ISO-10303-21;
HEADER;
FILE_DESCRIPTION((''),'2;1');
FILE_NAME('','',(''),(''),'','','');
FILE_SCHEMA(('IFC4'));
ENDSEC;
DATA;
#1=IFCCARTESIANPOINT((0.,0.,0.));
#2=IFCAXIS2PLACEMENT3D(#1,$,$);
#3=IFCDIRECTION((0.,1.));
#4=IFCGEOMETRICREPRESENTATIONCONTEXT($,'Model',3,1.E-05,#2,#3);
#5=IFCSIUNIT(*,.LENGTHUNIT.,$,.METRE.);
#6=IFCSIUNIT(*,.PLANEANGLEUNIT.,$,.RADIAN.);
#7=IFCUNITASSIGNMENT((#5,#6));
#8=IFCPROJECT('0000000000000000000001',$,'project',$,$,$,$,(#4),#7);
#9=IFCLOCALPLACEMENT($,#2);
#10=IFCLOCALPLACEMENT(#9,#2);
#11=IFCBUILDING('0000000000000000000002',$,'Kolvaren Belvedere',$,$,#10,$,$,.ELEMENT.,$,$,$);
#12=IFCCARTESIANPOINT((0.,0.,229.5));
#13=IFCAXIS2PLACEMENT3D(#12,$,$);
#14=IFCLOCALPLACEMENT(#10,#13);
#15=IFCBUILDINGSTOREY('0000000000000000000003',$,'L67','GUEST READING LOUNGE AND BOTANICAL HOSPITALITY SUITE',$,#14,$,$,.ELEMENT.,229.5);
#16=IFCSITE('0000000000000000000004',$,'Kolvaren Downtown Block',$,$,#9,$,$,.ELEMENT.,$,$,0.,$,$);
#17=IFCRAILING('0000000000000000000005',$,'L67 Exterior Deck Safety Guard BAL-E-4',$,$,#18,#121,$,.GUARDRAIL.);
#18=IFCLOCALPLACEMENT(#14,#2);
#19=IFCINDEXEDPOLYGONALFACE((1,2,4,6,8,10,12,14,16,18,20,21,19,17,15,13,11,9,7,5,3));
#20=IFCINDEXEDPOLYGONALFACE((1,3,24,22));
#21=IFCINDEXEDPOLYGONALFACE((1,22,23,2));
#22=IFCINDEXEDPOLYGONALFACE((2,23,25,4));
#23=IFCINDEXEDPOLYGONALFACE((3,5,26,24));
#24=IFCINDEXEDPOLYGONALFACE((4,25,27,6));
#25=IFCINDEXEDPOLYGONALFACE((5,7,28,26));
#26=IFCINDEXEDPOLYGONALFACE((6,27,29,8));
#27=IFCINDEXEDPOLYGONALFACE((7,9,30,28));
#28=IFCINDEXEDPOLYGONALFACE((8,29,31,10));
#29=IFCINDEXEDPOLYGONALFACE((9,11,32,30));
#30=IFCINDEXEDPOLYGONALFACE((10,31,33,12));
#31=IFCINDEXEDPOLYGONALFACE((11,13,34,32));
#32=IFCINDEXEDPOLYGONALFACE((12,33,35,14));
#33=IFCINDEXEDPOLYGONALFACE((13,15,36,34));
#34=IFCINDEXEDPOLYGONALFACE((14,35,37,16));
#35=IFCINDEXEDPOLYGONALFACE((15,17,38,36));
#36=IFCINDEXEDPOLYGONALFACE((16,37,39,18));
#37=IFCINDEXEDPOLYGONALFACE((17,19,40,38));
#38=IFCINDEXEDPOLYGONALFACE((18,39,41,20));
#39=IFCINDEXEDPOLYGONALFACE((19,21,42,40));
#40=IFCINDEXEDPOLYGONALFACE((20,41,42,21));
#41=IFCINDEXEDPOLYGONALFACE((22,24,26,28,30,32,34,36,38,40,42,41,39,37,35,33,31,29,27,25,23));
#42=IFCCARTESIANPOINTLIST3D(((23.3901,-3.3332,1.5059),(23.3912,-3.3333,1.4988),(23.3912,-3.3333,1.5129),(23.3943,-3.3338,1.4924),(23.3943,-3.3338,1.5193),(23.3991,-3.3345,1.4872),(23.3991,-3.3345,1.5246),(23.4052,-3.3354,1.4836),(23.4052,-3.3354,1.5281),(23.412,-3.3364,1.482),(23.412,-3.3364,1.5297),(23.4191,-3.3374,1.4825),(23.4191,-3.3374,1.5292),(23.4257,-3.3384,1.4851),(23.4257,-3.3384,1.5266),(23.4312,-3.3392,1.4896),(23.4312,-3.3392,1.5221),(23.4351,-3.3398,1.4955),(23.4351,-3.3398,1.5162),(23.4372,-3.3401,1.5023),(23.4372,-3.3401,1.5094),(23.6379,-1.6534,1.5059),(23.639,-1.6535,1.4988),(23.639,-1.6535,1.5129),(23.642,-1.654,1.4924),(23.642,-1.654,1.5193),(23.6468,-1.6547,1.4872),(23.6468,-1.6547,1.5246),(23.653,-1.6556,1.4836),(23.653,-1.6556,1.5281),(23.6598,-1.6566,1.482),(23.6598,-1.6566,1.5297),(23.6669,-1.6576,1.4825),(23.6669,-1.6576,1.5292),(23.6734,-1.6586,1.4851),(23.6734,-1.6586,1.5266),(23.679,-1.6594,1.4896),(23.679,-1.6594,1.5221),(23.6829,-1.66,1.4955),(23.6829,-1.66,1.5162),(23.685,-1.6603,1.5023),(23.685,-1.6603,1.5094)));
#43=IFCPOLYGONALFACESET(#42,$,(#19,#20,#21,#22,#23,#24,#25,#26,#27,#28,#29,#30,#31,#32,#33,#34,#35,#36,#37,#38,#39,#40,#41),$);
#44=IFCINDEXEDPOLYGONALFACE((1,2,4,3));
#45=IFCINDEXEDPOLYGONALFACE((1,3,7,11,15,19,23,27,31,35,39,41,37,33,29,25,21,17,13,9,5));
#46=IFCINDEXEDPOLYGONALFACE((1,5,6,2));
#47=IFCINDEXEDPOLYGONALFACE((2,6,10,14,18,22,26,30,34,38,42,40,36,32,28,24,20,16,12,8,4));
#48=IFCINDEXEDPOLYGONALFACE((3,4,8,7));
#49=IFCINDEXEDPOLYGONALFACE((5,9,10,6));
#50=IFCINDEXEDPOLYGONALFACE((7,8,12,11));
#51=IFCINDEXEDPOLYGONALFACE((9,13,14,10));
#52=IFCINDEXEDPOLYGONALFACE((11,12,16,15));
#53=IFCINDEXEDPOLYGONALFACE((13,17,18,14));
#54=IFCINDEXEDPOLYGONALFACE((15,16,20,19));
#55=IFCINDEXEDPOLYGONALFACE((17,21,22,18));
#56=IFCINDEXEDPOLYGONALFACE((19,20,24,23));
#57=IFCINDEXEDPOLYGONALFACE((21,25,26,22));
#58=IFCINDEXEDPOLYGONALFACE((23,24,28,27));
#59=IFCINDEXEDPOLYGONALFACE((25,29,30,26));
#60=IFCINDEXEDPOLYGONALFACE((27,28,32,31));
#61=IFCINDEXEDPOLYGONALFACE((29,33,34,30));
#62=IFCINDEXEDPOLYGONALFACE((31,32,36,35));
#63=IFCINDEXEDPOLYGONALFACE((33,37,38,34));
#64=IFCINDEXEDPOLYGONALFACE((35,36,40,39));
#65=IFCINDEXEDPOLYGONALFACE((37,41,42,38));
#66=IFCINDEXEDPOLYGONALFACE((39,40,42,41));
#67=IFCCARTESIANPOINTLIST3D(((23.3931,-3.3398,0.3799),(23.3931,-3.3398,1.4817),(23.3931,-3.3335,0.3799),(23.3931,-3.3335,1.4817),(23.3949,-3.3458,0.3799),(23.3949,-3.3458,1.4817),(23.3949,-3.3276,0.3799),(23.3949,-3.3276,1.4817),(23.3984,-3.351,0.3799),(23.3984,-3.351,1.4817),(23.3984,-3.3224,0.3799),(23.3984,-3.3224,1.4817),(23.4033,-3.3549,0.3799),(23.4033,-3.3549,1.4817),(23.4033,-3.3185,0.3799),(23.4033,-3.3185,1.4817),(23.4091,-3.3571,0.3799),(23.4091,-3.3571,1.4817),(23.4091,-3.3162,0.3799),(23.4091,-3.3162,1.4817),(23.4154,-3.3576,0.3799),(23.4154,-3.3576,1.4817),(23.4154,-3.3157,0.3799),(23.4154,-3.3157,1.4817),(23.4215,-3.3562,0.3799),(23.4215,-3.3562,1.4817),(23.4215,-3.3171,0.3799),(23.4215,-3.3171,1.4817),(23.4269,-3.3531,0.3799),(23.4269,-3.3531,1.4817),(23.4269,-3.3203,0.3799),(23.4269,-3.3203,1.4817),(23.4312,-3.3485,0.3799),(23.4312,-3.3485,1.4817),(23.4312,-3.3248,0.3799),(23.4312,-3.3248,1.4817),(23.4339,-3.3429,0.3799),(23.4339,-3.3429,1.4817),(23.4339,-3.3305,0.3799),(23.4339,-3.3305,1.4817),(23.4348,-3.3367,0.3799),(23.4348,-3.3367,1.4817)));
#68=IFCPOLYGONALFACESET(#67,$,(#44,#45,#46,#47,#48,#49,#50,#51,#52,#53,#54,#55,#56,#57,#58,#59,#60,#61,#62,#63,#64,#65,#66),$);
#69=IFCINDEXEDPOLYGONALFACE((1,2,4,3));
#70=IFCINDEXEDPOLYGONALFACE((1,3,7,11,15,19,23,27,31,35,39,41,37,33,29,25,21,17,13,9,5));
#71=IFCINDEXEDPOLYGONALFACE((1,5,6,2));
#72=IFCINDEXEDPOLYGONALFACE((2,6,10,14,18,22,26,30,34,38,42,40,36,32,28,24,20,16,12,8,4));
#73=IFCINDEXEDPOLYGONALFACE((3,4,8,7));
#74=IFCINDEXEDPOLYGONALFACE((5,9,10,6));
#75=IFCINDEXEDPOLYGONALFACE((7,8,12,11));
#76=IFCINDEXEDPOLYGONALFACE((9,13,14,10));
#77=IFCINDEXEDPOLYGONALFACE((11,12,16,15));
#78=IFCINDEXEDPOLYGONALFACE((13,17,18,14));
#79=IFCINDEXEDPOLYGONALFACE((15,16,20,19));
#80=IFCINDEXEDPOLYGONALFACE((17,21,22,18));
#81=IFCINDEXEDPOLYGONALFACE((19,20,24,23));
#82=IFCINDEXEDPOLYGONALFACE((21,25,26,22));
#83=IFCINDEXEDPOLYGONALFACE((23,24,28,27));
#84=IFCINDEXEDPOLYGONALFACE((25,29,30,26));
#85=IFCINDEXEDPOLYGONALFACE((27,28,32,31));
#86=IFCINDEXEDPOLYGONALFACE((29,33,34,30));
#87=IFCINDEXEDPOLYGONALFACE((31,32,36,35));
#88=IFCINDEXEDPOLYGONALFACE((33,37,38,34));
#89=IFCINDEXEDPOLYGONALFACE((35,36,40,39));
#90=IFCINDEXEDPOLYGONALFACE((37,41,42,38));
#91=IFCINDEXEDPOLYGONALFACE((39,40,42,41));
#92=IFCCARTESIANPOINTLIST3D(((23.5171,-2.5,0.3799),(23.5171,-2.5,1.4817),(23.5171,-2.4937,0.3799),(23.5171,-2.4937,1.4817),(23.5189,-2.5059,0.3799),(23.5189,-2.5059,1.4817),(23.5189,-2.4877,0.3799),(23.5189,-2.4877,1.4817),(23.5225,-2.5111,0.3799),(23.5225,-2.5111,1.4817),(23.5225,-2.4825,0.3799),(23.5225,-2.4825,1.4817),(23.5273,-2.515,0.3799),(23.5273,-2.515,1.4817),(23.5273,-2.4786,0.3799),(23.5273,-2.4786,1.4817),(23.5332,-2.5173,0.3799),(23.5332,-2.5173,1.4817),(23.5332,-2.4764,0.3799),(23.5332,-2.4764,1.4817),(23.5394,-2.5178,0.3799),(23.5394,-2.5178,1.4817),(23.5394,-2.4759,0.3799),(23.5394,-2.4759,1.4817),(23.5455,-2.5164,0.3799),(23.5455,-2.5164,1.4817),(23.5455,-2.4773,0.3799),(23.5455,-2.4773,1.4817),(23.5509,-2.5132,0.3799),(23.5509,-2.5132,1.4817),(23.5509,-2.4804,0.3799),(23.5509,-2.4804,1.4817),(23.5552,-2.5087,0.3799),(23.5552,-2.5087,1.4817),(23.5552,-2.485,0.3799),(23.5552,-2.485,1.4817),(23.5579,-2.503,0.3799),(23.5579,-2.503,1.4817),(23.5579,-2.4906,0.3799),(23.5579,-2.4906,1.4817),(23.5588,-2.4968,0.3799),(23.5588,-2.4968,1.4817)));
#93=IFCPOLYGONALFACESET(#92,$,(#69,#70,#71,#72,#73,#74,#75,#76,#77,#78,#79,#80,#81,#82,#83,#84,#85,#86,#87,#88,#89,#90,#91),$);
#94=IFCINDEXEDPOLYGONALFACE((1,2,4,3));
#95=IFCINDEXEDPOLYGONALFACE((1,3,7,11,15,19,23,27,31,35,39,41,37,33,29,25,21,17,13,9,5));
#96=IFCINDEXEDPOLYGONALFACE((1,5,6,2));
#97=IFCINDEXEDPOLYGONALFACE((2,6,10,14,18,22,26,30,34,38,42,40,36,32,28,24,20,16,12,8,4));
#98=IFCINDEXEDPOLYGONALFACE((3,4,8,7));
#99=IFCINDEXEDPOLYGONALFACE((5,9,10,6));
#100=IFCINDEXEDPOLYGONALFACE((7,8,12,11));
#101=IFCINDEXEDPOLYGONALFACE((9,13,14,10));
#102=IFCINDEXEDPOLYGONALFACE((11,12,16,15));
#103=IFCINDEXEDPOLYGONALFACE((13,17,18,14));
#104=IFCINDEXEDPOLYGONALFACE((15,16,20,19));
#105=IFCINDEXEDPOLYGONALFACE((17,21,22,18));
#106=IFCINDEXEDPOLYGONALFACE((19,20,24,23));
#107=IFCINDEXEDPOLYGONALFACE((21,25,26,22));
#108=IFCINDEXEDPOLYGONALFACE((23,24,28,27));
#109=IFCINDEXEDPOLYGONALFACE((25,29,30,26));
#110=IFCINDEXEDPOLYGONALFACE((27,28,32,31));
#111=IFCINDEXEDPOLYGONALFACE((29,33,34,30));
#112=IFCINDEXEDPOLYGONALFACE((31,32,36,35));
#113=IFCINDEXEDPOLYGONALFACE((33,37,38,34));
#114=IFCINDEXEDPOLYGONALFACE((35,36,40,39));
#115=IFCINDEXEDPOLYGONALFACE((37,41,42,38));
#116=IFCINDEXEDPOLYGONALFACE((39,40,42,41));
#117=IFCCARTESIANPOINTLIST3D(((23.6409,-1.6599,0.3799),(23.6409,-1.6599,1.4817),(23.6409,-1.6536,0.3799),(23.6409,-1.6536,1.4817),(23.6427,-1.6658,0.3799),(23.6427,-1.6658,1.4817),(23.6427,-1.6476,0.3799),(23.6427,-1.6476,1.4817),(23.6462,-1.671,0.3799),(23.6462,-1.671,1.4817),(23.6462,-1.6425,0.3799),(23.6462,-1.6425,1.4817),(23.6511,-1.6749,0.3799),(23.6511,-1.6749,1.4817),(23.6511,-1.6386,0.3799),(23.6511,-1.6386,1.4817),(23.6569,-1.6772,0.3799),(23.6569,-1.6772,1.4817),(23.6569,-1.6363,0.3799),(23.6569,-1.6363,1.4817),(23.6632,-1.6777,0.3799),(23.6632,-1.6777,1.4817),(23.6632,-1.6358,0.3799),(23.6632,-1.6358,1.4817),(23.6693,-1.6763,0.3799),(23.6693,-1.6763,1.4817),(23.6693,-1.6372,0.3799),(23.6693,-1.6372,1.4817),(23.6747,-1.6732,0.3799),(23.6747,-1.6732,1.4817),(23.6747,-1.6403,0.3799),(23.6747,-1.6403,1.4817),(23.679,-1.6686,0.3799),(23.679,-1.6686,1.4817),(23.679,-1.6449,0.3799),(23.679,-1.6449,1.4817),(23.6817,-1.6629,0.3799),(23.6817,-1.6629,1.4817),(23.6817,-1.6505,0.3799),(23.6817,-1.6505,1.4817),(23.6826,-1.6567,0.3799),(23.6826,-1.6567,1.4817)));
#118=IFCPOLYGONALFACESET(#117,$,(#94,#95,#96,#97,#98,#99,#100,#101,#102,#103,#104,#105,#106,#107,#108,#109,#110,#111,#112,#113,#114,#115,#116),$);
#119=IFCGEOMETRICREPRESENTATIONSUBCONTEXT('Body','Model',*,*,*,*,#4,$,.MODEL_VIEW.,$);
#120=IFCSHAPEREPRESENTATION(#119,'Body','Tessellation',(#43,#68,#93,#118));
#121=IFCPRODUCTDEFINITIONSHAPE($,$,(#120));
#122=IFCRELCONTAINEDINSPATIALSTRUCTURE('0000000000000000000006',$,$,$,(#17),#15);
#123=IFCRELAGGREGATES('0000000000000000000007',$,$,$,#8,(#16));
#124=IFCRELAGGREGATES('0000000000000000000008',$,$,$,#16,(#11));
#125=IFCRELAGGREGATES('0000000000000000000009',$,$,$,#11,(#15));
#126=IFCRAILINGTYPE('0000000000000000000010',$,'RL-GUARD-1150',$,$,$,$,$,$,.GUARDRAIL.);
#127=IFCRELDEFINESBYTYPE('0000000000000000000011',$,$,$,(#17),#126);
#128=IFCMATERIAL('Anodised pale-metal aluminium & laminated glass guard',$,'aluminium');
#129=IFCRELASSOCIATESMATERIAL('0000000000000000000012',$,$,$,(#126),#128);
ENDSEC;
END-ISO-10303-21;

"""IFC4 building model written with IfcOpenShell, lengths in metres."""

from ifc_helpers import new_model, si_unit, direction, frame, origin, origin_2d, place, context, subcontext, project, spatial, circle, extrude, material, type_object, element, save


model = new_model("IFC4")

# Units and contexts
model_context = context("Model", 3, precision=1e-05, world=origin(), true_north=direction((0.0, 1.0)))
body_context = subcontext(model_context, "Body", "Model", "MODEL_VIEW")
ifc_project = project(units=[si_unit("LENGTHUNIT", "METRE"), si_unit("PLANEANGLEUNIT", "RADIAN")], contexts=[model_context])

# Site, building, storey
site_placement = place(None, origin())
site = spatial("IfcSite", under=ifc_project, at=site_placement, Name="Kolvaren Downtown Block", CompositionType="ELEMENT", RefElevation=0.0)
building_placement = place(site_placement, origin())
building = spatial("IfcBuilding", under=site, at=building_placement, Name="Kolvaren Belvedere", CompositionType="ELEMENT")
storey_placement = place(building_placement, frame((0.0, 0.0, 229.5)))
storey = spatial("IfcBuildingStorey", under=building, at=storey_placement, Name="L67", Description="GUEST READING LOUNGE AND BOTANICAL HOSPITALITY SUITE", CompositionType="ELEMENT", Elevation=229.5)

# Railing
ifc_material_1 = material(Name="Anodised pale-metal aluminium & laminated glass guard", Category="aluminium")
railing_type = type_object("IfcRailingType", Name="RL-GUARD-1150", PredefinedType="GUARDRAIL", material=ifc_material_1)
railing_1_placement = place(storey_placement, frame((23.4138, -3.3367, 0.3799)))
element("IfcRailing", 1, at=railing_1_placement, inside=storey, type_object=railing_type, Name="L67 Exterior Deck Safety Guard BAL-E-4", PredefinedType="GUARDRAIL", context=body_context, shape_type="SweptSolid", body=[
    extrude(circle(Radius=0.0239, at=origin_2d()), frame((0.0, 0.0, 1.126), z_axis=(0.145929, 0.989295, 0.0), x_axis=(-0.989295, 0.145929, 0.0)), (0.0, 0.0, 1.0), 1.698),
    extrude(circle(Radius=0.021, at=origin_2d()), origin(), (0.0, 0.0, 1.0), 1.1018),
    extrude(circle(Radius=0.021, at=origin_2d()), frame((0.124, 0.8398, 0.0)), (0.0, 0.0, 1.0), 1.1018),
    extrude(circle(Radius=0.021, at=origin_2d()), frame((0.2478, 1.6799, 0.0)), (0.0, 0.0, 1.0), 1.1018),
])

save(model, "model.ifc")
